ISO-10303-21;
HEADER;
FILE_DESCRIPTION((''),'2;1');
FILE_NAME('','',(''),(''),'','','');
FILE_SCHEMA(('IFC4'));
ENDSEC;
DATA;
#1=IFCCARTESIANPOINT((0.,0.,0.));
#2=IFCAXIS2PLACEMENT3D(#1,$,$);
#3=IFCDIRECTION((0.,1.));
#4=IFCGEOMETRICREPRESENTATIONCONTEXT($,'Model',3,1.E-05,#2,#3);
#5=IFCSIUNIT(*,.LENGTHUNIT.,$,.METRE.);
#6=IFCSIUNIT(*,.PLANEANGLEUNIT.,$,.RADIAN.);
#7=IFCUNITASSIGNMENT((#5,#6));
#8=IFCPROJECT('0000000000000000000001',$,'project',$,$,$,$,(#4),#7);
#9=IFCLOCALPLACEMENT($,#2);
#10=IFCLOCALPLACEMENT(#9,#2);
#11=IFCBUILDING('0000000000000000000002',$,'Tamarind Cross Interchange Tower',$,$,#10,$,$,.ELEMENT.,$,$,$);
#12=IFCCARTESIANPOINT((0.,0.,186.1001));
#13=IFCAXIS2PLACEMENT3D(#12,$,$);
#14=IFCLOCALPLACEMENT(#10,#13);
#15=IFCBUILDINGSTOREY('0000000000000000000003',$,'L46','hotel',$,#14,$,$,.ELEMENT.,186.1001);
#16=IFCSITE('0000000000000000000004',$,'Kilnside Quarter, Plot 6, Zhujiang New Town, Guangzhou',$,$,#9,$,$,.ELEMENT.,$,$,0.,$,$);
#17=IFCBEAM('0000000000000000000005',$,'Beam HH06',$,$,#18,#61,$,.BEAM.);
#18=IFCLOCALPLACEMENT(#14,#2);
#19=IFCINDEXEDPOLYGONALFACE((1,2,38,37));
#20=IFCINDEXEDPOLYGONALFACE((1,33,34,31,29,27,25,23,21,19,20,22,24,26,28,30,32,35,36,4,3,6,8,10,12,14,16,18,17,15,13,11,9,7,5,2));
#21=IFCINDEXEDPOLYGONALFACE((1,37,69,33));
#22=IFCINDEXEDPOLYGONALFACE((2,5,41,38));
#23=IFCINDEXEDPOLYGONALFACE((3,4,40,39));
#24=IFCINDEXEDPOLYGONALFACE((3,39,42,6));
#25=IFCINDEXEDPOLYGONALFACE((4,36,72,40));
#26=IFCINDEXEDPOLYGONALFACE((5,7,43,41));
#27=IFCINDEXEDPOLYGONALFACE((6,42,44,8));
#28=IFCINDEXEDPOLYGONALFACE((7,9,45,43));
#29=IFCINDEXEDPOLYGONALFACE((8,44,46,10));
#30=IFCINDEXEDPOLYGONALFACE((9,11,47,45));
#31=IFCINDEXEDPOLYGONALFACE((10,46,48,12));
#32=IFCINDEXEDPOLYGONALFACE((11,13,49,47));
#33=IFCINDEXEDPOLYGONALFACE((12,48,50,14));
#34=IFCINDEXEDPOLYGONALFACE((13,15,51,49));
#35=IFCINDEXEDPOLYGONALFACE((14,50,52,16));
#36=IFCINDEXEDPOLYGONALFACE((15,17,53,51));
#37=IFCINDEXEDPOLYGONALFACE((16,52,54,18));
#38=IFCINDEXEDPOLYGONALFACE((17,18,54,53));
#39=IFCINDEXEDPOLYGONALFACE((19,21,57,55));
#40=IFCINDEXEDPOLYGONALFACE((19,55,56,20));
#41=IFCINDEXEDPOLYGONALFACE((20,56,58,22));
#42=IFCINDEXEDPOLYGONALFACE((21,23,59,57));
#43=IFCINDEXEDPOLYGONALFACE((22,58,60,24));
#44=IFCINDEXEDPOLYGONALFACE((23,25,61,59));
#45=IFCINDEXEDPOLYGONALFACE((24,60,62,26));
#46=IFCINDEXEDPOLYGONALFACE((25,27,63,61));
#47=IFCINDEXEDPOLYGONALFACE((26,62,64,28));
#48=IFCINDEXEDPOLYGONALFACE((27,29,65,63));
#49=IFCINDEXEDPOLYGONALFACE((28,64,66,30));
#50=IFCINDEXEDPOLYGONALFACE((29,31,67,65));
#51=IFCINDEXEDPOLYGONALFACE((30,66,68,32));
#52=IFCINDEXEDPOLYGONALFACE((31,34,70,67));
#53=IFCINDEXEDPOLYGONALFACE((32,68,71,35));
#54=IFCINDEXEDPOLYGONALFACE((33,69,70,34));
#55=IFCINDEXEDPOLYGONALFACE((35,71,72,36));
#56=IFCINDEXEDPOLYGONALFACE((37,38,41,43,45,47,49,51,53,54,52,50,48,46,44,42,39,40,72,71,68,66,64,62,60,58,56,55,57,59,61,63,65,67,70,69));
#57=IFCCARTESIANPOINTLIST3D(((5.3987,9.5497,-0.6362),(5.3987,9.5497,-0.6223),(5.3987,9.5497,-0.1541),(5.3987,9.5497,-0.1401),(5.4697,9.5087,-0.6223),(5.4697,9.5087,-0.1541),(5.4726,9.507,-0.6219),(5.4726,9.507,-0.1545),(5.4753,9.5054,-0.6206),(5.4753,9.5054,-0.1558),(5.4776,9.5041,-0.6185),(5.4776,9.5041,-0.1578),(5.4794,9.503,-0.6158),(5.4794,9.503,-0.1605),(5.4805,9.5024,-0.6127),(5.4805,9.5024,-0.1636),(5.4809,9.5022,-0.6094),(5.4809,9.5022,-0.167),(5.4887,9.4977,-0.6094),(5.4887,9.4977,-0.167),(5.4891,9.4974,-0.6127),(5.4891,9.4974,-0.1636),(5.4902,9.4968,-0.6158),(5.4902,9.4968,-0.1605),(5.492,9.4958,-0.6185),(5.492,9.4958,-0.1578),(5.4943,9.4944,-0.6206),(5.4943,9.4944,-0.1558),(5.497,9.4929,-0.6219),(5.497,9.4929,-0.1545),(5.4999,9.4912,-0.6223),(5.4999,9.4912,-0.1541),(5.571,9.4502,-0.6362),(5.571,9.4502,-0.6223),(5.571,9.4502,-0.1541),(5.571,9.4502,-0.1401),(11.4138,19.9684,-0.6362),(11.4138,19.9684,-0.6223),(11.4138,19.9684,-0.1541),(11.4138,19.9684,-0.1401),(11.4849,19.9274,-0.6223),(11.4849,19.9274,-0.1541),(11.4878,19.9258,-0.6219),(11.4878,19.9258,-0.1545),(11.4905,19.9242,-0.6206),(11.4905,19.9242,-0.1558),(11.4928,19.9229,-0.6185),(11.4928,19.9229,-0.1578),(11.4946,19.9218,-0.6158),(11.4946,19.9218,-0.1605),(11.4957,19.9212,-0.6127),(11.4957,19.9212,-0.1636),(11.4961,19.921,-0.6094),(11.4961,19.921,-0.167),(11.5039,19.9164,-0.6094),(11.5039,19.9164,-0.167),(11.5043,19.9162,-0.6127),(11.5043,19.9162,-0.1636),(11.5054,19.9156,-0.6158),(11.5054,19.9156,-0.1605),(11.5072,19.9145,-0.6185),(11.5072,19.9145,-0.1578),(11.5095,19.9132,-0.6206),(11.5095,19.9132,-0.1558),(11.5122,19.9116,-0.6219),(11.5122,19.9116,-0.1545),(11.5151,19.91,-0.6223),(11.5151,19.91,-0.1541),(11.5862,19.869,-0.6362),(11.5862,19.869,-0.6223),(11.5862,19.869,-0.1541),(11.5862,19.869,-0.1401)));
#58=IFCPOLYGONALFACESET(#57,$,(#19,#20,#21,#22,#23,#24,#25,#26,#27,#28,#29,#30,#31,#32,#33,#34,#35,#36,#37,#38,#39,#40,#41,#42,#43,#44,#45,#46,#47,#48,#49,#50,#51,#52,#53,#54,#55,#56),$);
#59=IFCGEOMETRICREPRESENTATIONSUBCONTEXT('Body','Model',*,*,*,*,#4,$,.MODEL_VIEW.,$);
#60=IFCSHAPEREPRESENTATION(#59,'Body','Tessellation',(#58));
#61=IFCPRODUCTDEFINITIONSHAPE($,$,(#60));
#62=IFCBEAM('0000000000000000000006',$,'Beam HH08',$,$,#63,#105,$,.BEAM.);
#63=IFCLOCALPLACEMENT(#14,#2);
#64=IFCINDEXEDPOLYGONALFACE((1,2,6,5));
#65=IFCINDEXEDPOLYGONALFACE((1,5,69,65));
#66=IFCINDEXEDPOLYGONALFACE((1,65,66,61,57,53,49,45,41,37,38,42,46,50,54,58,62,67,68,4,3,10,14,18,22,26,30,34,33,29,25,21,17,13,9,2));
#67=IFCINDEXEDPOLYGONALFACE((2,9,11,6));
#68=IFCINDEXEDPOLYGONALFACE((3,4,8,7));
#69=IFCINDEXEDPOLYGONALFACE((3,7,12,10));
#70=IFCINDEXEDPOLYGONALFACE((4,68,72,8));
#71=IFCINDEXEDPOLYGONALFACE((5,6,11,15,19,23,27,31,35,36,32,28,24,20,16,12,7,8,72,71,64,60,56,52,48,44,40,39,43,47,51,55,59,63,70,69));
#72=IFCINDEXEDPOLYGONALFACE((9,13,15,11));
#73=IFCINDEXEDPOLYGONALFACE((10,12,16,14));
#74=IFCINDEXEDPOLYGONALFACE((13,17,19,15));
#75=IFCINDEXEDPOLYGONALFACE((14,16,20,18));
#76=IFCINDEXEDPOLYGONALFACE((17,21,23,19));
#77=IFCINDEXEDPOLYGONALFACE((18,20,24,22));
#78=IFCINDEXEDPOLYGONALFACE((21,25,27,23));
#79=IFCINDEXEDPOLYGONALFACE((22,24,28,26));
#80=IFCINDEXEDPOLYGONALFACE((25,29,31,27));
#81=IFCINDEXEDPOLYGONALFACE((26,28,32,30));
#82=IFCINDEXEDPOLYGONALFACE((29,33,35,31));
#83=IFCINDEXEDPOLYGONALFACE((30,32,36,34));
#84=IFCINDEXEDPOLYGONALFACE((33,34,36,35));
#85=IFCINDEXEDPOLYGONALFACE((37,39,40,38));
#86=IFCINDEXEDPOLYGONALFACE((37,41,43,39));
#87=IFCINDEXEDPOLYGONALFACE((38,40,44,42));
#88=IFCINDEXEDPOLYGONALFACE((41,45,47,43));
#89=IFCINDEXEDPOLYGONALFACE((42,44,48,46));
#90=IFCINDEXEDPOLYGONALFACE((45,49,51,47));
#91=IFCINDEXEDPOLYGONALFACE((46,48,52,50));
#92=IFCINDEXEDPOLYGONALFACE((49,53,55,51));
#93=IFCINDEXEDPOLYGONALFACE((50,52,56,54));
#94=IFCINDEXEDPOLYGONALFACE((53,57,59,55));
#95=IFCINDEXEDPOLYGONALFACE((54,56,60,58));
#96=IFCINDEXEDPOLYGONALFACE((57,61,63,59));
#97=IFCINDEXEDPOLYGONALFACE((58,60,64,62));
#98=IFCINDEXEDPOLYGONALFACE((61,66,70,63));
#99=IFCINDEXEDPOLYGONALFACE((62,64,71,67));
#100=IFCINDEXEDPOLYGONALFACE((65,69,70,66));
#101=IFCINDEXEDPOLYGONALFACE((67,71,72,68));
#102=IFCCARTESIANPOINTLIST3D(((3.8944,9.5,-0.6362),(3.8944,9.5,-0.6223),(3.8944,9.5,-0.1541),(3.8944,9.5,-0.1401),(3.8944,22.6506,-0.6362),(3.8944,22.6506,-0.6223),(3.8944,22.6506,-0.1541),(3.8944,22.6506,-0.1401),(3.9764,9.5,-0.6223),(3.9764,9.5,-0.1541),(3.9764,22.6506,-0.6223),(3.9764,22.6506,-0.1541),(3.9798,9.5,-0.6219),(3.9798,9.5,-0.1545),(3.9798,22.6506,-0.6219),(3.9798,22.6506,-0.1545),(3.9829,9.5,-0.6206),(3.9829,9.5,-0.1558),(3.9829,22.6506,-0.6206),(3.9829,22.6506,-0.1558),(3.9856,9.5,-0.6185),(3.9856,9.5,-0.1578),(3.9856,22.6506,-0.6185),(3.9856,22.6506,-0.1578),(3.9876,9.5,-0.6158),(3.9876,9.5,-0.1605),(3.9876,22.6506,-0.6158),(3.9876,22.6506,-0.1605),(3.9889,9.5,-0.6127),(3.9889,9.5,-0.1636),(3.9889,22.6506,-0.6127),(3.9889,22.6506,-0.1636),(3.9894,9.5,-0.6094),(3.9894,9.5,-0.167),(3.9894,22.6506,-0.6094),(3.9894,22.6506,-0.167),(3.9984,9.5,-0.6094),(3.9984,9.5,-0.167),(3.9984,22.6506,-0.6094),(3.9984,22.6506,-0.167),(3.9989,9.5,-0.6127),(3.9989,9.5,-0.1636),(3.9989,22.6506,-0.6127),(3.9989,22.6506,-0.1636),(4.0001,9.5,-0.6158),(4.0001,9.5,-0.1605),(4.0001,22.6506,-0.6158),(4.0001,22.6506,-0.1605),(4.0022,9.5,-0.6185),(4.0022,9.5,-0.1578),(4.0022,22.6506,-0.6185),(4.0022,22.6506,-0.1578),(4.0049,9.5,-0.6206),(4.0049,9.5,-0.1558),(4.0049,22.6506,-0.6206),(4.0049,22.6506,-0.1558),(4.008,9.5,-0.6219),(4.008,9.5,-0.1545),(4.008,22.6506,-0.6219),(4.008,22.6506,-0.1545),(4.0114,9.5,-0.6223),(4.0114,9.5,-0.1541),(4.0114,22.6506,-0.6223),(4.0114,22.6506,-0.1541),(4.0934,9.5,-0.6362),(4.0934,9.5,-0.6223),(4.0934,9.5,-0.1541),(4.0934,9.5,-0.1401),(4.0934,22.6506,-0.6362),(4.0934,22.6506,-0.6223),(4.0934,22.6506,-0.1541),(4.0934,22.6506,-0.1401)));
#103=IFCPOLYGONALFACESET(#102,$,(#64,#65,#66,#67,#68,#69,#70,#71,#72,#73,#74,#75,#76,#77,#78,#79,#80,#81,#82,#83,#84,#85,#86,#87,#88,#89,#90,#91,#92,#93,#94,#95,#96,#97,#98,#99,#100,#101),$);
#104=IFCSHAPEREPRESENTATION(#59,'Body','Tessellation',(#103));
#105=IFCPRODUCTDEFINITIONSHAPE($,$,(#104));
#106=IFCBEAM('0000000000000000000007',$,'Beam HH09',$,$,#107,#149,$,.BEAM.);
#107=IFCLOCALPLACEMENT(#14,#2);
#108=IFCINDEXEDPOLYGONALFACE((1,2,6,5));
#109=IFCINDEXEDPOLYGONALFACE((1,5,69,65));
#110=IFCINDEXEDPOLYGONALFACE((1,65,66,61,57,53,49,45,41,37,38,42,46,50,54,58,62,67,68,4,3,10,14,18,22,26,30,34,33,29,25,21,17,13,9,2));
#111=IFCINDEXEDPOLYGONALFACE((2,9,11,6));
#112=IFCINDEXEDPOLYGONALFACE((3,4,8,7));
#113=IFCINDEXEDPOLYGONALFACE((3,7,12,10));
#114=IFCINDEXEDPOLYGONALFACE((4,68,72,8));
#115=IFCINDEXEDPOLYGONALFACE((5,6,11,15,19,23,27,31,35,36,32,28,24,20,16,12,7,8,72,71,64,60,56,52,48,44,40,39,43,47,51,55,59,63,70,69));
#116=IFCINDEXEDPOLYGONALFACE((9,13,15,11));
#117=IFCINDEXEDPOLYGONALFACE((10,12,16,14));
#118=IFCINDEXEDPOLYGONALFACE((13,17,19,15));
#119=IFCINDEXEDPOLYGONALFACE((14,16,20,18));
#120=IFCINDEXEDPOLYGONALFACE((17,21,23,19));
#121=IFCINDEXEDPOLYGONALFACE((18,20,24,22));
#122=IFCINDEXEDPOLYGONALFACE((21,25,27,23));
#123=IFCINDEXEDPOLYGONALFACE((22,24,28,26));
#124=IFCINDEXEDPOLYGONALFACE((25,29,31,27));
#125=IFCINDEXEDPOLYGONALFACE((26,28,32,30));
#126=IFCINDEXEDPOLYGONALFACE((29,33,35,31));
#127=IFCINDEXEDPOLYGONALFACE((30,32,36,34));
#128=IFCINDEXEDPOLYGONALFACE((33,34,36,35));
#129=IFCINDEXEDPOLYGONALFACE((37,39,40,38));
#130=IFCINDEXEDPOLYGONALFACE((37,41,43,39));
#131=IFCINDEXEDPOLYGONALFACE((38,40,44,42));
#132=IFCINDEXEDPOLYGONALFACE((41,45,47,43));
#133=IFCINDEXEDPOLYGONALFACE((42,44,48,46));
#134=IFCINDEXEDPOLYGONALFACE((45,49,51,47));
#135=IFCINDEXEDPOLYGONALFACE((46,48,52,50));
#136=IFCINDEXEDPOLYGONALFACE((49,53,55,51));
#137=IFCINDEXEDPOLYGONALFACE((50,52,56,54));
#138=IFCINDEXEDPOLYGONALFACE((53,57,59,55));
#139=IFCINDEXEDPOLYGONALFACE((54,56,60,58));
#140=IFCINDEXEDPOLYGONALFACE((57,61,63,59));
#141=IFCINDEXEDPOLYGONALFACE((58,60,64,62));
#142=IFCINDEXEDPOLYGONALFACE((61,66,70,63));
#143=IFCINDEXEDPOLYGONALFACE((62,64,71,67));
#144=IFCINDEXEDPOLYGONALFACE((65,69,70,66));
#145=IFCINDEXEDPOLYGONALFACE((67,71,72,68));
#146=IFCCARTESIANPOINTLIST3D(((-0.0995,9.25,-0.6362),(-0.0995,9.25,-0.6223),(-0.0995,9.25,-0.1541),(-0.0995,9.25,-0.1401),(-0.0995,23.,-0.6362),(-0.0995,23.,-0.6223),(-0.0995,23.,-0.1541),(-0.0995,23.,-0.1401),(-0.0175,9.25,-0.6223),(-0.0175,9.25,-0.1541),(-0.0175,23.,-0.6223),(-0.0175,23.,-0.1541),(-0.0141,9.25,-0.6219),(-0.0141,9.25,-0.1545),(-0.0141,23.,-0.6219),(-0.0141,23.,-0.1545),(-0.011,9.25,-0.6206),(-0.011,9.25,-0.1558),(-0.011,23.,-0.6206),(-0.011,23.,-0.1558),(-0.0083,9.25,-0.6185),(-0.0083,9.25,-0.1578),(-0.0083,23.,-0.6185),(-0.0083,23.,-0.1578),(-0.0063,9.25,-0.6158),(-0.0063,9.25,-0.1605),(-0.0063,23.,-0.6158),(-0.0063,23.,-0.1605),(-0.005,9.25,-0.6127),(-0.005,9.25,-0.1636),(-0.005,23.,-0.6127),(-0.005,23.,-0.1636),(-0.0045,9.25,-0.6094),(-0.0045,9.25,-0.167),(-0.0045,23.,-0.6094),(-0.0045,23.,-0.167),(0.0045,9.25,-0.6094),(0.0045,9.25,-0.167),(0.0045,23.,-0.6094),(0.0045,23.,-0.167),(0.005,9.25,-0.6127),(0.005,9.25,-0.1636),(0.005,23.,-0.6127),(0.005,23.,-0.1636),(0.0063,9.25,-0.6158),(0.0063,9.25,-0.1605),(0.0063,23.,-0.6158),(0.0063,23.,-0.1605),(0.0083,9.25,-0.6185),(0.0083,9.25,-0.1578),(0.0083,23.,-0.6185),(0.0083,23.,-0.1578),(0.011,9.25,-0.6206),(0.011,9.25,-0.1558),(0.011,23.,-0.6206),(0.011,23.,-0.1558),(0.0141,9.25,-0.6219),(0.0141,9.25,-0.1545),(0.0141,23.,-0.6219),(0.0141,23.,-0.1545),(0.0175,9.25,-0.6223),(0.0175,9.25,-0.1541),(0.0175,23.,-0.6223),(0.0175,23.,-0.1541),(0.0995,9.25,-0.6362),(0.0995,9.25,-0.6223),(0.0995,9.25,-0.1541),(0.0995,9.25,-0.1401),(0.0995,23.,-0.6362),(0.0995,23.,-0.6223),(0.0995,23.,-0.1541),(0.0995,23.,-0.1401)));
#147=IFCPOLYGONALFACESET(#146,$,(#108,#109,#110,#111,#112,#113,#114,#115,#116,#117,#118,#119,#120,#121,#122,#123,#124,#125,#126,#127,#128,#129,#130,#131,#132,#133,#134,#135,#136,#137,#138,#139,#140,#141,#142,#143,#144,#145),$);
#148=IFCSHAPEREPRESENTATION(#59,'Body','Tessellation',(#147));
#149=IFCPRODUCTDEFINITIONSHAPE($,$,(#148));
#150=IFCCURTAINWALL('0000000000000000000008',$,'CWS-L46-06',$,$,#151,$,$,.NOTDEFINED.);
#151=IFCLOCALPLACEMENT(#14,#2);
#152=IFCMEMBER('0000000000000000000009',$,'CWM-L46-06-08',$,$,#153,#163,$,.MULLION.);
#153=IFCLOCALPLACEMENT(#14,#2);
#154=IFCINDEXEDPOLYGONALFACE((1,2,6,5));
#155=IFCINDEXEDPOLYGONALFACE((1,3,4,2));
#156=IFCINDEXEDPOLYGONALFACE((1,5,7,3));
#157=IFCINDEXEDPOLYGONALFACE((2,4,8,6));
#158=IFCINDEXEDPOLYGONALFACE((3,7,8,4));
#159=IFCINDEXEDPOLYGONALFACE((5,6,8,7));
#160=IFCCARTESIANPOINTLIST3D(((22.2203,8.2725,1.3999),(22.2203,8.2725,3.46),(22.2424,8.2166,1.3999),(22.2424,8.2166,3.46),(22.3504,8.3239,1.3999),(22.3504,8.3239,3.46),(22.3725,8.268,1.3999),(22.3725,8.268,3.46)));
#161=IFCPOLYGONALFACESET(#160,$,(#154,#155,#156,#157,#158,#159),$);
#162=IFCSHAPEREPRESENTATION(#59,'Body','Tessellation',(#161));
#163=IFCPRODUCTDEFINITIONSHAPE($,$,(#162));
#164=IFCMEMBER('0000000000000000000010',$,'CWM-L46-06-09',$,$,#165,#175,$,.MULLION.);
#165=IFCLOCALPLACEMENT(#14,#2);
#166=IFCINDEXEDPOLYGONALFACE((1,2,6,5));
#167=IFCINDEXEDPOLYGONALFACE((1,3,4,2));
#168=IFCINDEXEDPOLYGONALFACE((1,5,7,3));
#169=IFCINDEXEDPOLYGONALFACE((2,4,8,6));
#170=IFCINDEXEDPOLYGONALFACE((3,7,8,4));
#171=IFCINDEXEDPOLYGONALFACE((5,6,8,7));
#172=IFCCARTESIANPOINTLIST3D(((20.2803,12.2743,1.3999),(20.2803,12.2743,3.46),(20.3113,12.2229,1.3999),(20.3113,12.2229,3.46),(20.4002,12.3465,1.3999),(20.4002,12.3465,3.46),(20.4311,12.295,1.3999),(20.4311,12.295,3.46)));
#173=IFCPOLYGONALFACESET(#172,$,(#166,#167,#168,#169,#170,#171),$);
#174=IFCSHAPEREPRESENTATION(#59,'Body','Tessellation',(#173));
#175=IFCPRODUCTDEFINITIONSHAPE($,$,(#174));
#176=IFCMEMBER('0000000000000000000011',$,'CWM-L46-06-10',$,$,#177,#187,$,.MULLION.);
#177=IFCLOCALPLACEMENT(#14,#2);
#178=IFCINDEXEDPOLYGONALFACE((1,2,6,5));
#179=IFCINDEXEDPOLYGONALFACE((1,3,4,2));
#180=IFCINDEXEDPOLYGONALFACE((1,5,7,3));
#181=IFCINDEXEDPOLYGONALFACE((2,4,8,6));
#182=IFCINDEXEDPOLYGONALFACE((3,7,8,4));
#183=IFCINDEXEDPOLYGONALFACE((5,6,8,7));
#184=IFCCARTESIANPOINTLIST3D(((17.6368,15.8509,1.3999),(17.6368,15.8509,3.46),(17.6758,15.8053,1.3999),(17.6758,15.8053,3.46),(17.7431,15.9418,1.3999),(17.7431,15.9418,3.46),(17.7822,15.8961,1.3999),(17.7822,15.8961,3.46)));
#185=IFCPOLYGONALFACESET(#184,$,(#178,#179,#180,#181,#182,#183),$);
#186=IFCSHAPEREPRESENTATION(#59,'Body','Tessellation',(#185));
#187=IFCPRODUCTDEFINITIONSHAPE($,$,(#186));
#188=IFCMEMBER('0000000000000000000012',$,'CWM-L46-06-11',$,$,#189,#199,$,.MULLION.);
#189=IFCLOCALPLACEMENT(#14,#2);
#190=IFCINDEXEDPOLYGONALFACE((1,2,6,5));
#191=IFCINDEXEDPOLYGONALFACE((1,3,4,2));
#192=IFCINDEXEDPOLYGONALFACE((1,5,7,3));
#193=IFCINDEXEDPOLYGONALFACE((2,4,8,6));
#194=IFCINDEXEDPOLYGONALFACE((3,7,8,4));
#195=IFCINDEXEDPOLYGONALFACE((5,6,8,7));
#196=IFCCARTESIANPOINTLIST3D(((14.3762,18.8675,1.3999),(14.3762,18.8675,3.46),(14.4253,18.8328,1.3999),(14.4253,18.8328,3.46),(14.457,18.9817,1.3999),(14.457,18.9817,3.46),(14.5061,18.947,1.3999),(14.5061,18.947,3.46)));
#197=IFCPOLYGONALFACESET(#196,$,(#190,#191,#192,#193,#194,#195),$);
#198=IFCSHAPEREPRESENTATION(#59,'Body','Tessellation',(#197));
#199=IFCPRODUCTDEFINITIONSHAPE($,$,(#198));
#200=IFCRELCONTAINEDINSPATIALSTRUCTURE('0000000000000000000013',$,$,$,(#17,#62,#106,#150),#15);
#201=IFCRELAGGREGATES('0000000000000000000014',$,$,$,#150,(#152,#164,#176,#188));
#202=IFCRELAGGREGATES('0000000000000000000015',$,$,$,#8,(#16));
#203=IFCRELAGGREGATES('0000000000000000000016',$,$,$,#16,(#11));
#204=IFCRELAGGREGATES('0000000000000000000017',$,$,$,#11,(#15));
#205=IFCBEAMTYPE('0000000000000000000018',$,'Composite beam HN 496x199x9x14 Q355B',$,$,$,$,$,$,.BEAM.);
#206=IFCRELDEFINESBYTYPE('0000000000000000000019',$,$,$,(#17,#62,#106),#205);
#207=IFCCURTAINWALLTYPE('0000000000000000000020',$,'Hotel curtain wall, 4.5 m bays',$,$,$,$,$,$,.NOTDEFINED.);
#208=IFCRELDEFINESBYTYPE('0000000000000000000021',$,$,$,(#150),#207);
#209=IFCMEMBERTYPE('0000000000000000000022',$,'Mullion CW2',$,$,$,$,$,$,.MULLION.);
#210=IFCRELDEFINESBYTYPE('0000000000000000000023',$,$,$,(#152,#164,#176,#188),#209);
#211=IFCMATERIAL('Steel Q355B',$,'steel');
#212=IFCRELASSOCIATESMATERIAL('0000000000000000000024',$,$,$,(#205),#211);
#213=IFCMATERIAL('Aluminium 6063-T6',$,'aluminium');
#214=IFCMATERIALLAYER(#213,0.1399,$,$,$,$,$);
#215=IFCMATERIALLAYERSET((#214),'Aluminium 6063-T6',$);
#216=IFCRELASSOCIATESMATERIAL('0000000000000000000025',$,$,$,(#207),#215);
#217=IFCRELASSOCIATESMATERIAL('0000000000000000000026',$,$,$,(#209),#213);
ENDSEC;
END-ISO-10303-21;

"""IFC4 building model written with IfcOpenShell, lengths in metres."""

from ifc_helpers import new_model, si_unit, direction, frame, origin, origin_2d, place, context, subcontext, project, spatial, rectangle, i_section, extrude, material, layer, layer_set, material_profile, profile_set, type_object, element, aggregate, save


model = new_model("IFC4")

# Units and contexts
model_context = context("Model", 3, precision=1e-05, world=origin(), true_north=direction((0.0, 1.0)))
body_context = subcontext(model_context, "Body", "Model", "MODEL_VIEW")
ifc_project = project(units=[si_unit("LENGTHUNIT", "METRE"), si_unit("PLANEANGLEUNIT", "RADIAN")], contexts=[model_context])

# Site, building, storey
site_placement = place(None, origin())
site = spatial("IfcSite", under=ifc_project, at=site_placement, Name="Kilnside Quarter, Plot 6, Zhujiang New Town, Guangzhou", CompositionType="ELEMENT", RefElevation=0.0)
building_placement = place(site_placement, origin())
building = spatial("IfcBuilding", under=site, at=building_placement, Name="Tamarind Cross Interchange Tower", CompositionType="ELEMENT")
storey_placement = place(building_placement, frame((0.0, 0.0, 186.1001)))
storey = spatial("IfcBuildingStorey", under=building, at=storey_placement, Name="L46", Description="hotel", CompositionType="ELEMENT", Elevation=186.1001)

# Beams
ifc_material_1 = material(Name="Steel Q355B", Category="steel")
ifc_material_profile_1 = material_profile(ifc_material_1, i_section(OverallWidth=0.199, OverallDepth=0.4961, WebThickness=0.009, FlangeThickness=0.0139, FilletRadius=0.0129, at=origin_2d()), Name="HN 496x199x9x14")
ifc_profile_set_1 = profile_set([ifc_material_profile_1], Name="Steel Q355B")
beam_type = type_object("IfcBeamType", Name="Composite beam HN 496x199x9x14 Q355B", PredefinedType="BEAM", material=ifc_profile_set_1)
beam_1_placement = place(storey_placement, frame((11.5, 19.9187, -0.3882), z_axis=(-0.499994, -0.866029, 0.0), x_axis=(0.866029, -0.499994, 0.0)))
element("IfcBeam", 1, at=beam_1_placement, inside=storey, type_object=beam_type, Name="Beam HH06", PredefinedType="BEAM", context=body_context, shape_type="SweptSolid", body=[
    extrude(i_section(OverallWidth=0.199, OverallDepth=0.4961, WebThickness=0.009, FlangeThickness=0.0139, FilletRadius=0.0129, at=origin_2d()), origin(), (0.0, 0.0, 1.0), 12.0305),
])
beam_2_placement = place(storey_placement, frame((3.9939, 22.6506, -0.3882), z_axis=(0.0, -1.0, 0.0), x_axis=(1.0, 0.0, 0.0)))
element("IfcBeam", 2, at=beam_2_placement, inside=storey, type_object=beam_type, Name="Beam HH08", PredefinedType="BEAM", context=body_context, shape_type="SweptSolid", body=[
    extrude(i_section(OverallWidth=0.199, OverallDepth=0.4961, WebThickness=0.009, FlangeThickness=0.0139, FilletRadius=0.0129, at=origin_2d()), origin(), (0.0, 0.0, 1.0), 13.1506),
])
beam_3_placement = place(storey_placement, frame((0.0, 23.0, -0.3882), z_axis=(0.0, -1.0, 0.0), x_axis=(1.0, 0.0, 0.0)))
element("IfcBeam", 3, at=beam_3_placement, inside=storey, type_object=beam_type, Name="Beam HH09", PredefinedType="BEAM", context=body_context, shape_type="SweptSolid", body=[
    extrude(i_section(OverallWidth=0.199, OverallDepth=0.4961, WebThickness=0.009, FlangeThickness=0.0139, FilletRadius=0.0129, at=origin_2d()), origin(), (0.0, 0.0, 1.0), 13.75),
])

# Curtain wall, members
ifc_material_2 = material(Name="Aluminium 6063-T6", Category="aluminium")
ifc_layer_1 = layer(ifc_material_2, 0.1399)
ifc_layer_set_1 = layer_set([ifc_layer_1], Name="Aluminium 6063-T6")
curtain_wall_type = type_object("IfcCurtainWallType", Name="Hotel curtain wall, 4.5 m bays", PredefinedType="NOTDEFINED", material=ifc_layer_set_1)
curtain_wall_1_placement = place(storey_placement, origin())
curtain_wall_1 = element("IfcCurtainWall", 4, at=curtain_wall_1_placement, inside=storey, type_object=curtain_wall_type, Name="CWS-L46-06", PredefinedType="NOTDEFINED")
ifc_material_profile_2 = material_profile(ifc_material_2, rectangle(XDim=0.0601, YDim=0.1399, at=origin_2d()), Name="Mullion CW2")
ifc_profile_set_2 = profile_set([ifc_material_profile_2], Name="Aluminium 6063-T6")
member_type = type_object("IfcMemberType", Name="Mullion CW2", PredefinedType="MULLION", material=ifc_profile_set_2)
member_1_placement = place(storey_placement, frame((22.2964, 8.2703, 1.3999), z_axis=(0.0, 0.0, 1.0), x_axis=(-0.367514, 0.930018, 0.0)))
member_1 = element("IfcMember", 5, at=member_1_placement, type_object=member_type, Name="CWM-L46-06-08", PredefinedType="MULLION", context=body_context, shape_type="SweptSolid", body=[
    extrude(rectangle(XDim=0.0601, YDim=0.1399, at=origin_2d()), origin(), (0.0, 0.0, 1.0), 2.0601),
])
member_2_placement = place(storey_placement, frame((20.3557, 12.2847, 1.3999), z_axis=(0.0, 0.0, 1.0), x_axis=(-0.515577, 0.856843, 0.0)))
member_2 = element("IfcMember", 6, at=member_2_placement, type_object=member_type, Name="CWM-L46-06-09", PredefinedType="MULLION", context=body_context, shape_type="SweptSolid", body=[
    extrude(rectangle(XDim=0.0601, YDim=0.1399, at=origin_2d()), origin(), (0.0, 0.0, 1.0), 2.0601),
])
member_3_placement = place(storey_placement, frame((17.7095, 15.8735, 1.3999), z_axis=(0.0, 0.0, 1.0), x_axis=(-0.649577, 0.760296, 0.0)))
member_3 = element("IfcMember", 7, at=member_3_placement, type_object=member_type, Name="CWM-L46-06-10", PredefinedType="MULLION", context=body_context, shape_type="SweptSolid", body=[
    extrude(rectangle(XDim=0.0601, YDim=0.1399, at=origin_2d()), origin(), (0.0, 0.0, 1.0), 2.0601),
])
member_4_placement = place(storey_placement, frame((14.4412, 18.9072, 1.3999), z_axis=(0.0, 0.0, 1.0), x_axis=(-0.816342, 0.577569, 0.0)))
member_4 = element("IfcMember", 8, at=member_4_placement, type_object=member_type, Name="CWM-L46-06-11", PredefinedType="MULLION", context=body_context, shape_type="SweptSolid", body=[
    extrude(rectangle(XDim=0.0601, YDim=0.1399, at=origin_2d()), origin(), (0.0, 0.0, 1.0), 2.0601),
])
aggregate(curtain_wall_1, [member_1, member_2, member_3, member_4])

save(model, "model.ifc")
